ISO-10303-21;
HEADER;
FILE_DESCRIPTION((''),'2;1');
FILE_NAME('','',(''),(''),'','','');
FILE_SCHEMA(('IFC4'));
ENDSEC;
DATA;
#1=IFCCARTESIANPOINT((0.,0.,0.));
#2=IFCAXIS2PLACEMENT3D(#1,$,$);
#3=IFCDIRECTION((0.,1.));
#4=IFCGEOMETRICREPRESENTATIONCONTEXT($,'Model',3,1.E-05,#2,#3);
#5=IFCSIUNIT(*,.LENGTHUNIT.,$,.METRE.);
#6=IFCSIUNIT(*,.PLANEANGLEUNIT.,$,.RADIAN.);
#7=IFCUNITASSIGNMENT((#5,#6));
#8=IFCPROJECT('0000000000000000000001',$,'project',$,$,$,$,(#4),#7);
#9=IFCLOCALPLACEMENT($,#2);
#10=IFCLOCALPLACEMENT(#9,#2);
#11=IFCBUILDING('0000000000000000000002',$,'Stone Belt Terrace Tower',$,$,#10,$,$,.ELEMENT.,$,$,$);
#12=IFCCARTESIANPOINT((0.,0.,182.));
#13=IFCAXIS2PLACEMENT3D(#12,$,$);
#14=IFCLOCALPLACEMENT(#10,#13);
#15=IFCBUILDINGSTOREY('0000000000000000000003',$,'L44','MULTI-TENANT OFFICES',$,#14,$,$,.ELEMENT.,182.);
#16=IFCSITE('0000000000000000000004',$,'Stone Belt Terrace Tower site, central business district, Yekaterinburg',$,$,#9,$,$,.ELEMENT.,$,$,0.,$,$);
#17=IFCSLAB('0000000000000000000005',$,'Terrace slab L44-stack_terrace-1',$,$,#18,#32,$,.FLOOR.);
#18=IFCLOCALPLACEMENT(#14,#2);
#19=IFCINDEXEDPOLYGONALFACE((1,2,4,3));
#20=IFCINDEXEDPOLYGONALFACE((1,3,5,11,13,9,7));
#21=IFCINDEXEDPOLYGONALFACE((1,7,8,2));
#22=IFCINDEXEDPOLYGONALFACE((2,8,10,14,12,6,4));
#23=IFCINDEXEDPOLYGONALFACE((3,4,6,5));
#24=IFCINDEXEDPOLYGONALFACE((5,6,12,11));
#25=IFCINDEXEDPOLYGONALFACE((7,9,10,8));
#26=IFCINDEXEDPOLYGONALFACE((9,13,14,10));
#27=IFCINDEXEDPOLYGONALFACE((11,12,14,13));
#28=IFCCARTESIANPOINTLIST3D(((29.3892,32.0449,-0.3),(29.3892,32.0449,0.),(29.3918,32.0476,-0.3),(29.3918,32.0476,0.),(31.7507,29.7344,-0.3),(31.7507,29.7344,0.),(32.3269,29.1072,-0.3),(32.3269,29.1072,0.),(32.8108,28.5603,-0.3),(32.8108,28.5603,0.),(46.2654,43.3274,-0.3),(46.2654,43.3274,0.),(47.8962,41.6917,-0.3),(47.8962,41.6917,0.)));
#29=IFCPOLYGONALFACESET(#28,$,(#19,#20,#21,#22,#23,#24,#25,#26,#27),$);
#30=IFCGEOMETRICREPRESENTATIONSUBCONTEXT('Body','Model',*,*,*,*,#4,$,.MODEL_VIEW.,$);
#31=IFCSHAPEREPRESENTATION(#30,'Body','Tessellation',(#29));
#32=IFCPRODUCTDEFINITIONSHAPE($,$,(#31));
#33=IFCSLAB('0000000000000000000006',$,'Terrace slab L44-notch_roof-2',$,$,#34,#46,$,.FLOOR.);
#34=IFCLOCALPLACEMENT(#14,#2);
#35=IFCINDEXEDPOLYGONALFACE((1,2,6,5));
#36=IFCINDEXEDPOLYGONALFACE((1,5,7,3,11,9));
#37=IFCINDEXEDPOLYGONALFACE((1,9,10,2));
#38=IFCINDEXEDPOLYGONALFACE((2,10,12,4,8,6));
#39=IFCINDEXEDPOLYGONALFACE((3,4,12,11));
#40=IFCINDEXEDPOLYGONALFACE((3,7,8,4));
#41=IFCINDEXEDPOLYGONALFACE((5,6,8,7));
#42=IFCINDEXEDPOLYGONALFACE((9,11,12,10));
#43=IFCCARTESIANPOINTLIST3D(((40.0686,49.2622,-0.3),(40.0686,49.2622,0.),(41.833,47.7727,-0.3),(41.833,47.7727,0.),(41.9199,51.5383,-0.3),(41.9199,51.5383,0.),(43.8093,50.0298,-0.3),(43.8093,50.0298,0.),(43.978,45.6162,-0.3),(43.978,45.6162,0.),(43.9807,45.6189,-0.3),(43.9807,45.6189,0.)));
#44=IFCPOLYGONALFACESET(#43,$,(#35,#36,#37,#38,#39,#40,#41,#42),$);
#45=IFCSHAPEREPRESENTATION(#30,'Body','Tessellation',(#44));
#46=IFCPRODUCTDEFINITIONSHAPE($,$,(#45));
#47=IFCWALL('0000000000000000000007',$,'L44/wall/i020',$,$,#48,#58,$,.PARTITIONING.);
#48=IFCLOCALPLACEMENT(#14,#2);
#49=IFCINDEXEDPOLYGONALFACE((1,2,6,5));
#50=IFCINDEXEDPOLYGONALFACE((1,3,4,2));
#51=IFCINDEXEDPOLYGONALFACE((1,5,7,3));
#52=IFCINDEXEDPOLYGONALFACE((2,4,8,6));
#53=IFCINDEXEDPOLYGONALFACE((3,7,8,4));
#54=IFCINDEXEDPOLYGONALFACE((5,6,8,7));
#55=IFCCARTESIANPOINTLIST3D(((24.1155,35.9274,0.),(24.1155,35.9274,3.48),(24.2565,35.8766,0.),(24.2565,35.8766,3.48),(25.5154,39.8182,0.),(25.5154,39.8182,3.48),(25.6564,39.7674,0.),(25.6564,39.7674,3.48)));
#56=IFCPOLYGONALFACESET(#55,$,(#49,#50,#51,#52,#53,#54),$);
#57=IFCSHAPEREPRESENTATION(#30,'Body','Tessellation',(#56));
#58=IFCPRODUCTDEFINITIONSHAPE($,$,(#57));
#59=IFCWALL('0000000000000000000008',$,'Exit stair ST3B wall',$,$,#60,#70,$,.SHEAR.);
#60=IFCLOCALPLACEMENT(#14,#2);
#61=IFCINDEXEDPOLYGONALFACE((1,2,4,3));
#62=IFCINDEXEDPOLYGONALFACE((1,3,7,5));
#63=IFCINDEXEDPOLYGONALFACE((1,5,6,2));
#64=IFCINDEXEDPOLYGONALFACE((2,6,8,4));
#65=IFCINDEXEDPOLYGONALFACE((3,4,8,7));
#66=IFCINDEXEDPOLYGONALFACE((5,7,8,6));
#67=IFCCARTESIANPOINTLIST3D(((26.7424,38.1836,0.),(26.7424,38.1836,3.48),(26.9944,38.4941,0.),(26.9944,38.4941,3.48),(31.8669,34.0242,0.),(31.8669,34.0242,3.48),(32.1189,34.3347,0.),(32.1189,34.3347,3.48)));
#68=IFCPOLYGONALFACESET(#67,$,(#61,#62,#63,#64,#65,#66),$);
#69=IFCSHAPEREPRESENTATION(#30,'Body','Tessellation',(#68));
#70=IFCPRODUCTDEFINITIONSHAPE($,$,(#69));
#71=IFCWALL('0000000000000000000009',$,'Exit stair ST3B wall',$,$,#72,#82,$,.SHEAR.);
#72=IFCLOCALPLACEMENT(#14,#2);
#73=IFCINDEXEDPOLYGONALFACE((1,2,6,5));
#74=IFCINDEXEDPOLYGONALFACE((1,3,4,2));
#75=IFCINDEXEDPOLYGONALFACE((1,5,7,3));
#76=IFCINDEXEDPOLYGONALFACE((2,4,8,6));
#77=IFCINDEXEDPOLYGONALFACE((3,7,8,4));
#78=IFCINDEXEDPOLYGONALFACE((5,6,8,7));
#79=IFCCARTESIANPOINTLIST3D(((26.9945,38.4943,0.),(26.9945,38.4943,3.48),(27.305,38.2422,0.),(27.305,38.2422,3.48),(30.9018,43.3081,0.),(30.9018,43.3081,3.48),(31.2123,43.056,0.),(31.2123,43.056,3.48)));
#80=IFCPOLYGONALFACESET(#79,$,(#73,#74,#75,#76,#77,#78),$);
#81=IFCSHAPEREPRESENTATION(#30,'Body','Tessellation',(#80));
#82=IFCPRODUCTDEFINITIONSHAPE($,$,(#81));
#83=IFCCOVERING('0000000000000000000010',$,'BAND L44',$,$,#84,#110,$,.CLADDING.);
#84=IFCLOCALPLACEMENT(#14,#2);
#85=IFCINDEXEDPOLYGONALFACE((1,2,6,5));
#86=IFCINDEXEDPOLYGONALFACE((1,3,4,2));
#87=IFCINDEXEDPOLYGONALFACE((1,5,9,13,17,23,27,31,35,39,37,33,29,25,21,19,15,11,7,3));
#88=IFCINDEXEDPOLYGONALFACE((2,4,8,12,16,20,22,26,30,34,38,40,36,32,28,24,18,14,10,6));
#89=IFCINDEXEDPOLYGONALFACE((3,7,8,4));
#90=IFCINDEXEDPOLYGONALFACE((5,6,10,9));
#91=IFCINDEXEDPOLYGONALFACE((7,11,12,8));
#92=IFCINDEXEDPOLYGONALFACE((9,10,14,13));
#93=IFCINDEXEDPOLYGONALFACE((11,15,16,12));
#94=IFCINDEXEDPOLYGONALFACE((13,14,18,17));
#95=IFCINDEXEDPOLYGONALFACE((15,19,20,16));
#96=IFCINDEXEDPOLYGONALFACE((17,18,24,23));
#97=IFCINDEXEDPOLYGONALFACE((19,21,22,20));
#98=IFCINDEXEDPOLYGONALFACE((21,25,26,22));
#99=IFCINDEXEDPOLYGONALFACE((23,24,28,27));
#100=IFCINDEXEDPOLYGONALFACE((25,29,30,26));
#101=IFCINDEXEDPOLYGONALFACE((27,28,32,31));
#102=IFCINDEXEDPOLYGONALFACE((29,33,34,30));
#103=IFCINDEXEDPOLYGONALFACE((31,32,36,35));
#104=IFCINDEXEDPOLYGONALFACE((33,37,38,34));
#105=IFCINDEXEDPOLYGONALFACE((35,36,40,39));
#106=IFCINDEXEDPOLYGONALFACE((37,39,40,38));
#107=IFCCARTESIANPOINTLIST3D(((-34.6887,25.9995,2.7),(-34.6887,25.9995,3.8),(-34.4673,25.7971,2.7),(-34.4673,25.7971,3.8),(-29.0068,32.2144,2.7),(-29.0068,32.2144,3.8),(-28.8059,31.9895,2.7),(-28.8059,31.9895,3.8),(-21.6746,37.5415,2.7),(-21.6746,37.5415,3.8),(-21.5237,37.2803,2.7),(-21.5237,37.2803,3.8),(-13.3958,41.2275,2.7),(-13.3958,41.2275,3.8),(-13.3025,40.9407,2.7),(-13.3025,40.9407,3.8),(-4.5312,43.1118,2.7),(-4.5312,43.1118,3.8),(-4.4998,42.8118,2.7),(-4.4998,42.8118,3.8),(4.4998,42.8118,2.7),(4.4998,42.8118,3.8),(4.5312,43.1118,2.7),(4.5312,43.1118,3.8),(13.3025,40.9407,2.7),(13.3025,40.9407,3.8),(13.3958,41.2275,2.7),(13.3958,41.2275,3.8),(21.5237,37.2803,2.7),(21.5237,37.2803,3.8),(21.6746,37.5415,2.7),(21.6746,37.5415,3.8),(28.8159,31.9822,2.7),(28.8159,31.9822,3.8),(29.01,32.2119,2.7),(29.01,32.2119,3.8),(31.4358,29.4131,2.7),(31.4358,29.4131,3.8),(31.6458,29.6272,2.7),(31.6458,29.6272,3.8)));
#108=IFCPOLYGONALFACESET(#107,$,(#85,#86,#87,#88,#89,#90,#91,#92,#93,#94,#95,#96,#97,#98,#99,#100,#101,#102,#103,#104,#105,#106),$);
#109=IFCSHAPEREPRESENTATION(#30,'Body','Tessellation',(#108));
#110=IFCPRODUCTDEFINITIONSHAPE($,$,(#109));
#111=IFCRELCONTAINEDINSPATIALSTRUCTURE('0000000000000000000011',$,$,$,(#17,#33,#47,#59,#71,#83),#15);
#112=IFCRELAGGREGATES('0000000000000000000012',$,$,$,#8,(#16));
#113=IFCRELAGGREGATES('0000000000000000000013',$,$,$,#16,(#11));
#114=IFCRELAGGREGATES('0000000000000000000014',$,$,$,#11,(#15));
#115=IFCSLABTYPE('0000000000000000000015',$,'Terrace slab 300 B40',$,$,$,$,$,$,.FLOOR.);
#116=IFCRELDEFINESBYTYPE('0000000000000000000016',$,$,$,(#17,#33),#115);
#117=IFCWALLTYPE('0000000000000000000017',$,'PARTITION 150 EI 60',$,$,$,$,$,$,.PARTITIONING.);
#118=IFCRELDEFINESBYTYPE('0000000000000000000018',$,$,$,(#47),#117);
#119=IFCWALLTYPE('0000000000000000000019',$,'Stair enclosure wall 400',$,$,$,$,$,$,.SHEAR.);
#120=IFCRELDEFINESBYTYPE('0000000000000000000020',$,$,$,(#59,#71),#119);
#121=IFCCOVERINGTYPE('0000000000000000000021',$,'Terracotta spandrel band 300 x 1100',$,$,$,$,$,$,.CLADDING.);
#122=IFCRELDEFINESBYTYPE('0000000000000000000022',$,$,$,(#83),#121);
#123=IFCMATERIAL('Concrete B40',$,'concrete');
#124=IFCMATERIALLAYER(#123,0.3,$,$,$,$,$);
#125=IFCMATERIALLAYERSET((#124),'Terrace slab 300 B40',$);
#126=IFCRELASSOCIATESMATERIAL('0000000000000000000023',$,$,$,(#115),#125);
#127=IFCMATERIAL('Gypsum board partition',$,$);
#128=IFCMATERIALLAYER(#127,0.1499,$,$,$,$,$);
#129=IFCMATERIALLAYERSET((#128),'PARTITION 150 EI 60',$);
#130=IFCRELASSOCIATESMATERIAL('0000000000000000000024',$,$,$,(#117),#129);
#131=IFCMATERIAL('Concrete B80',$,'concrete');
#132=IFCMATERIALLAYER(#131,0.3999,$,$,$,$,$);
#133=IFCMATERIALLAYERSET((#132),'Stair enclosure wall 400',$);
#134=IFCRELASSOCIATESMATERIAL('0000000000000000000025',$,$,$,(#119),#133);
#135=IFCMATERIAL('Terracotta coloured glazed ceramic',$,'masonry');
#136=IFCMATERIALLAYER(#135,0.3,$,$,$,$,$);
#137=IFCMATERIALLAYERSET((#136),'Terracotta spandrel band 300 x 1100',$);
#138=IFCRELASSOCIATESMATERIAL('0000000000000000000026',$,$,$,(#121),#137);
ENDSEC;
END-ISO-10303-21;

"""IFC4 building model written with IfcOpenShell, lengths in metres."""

from ifc_helpers import new_model, si_unit, direction, frame, frame_2d, origin, place, context, subcontext, project, spatial, polyline, rectangle, outline, extrude, material, layer, layer_set, type_object, element, save


model = new_model("IFC4")

# Units and contexts
model_context = context("Model", 3, precision=1e-05, world=origin(), true_north=direction((0.0, 1.0)))
body_context = subcontext(model_context, "Body", "Model", "MODEL_VIEW")
ifc_project = project(units=[si_unit("LENGTHUNIT", "METRE"), si_unit("PLANEANGLEUNIT", "RADIAN")], contexts=[model_context])

# Site, building, storey
site_placement = place(None, origin())
site = spatial("IfcSite", under=ifc_project, at=site_placement, Name="Stone Belt Terrace Tower site, central business district, Yekaterinburg", CompositionType="ELEMENT", RefElevation=0.0)
building_placement = place(site_placement, origin())
building = spatial("IfcBuilding", under=site, at=building_placement, Name="Stone Belt Terrace Tower", CompositionType="ELEMENT")
storey_placement = place(building_placement, frame((0.0, 0.0, 182.0)))
storey = spatial("IfcBuildingStorey", under=building, at=storey_placement, Name="L44", Description="MULTI-TENANT OFFICES", CompositionType="ELEMENT", Elevation=182.0)

# Shared definitions
ifc_material_1 = material(Name="Concrete B80", Category="concrete")

# Shared definitions
ifc_material_2 = material(Name="Concrete B40", Category="concrete")

# Slabs
ifc_layer_1 = layer(ifc_material_2, 0.3)
ifc_layer_set_1 = layer_set([ifc_layer_1], Name="Terrace slab 300 B40")
slab_type_1 = type_object("IfcSlabType", Name="Terrace slab 300 B40", PredefinedType="FLOOR", material=ifc_layer_set_1)
slab_1_placement = place(storey_placement, frame((0.0, 0.0, -0.3)))
element("IfcSlab", 1, at=slab_1_placement, inside=storey, type_object=slab_type_1, Name="Terrace slab L44-stack_terrace-1", PredefinedType="FLOOR", context=body_context, shape_type="SweptSolid", body=[
    extrude(outline(polyline([(32.8108, 28.5603), (47.8962, 41.6917), (46.2654, 43.3274), (31.7507, 29.7344), (29.3918, 32.0476), (29.3892, 32.0449), (32.3269, 29.1072), (32.8108, 28.5603)])), origin(), (0.0, 0.0, 1.0), 0.3),
])
slab_2_placement = place(storey_placement, frame((0.0, 0.0, -0.3)))
element("IfcSlab", 2, at=slab_2_placement, inside=storey, type_object=slab_type_1, Name="Terrace slab L44-notch_roof-2", PredefinedType="FLOOR", context=body_context, shape_type="SweptSolid", body=[
    extrude(outline(polyline([(41.833, 47.7727), (43.8093, 50.0298), (41.9199, 51.5383), (40.0686, 49.2622), (43.978, 45.6162), (43.9807, 45.6189), (41.833, 47.7727)])), origin(), (0.0, 0.0, 1.0), 0.3),
])

# Walls
ifc_material_3 = material(Name="Gypsum board partition")
ifc_layer_2 = layer(ifc_material_3, 0.1499)
ifc_layer_set_2 = layer_set([ifc_layer_2], Name="PARTITION 150 EI 60")
wall_type_1 = type_object("IfcWallType", Name="PARTITION 150 EI 60", PredefinedType="PARTITIONING", material=ifc_layer_set_2)
wall_1_placement = place(storey_placement, frame((24.186, 35.9021, 0.0), z_axis=(0.0, 0.0, 1.0), x_axis=(0.338546, 0.94095, 0.0)))
element("IfcWall", 3, at=wall_1_placement, inside=storey, type_object=wall_type_1, Name="L44/wall/i020", PredefinedType="PARTITIONING", context=body_context, shape_type="SweptSolid", body=[
    extrude(rectangle(XDim=4.135, YDim=0.1499, at=frame_2d((2.0674, 0.0))), origin(), (0.0, 0.0, 1.0), 3.48),
])
ifc_layer_3 = layer(ifc_material_1, 0.3999)
ifc_layer_set_3 = layer_set([ifc_layer_3], Name="Stair enclosure wall 400")
wall_type_2 = type_object("IfcWallType", Name="Stair enclosure wall 400", PredefinedType="SHEAR", material=ifc_layer_set_3)
wall_2_placement = place(storey_placement, frame((26.8684, 38.3389, 0.0), z_axis=(0.0, 0.0, 1.0), x_axis=(0.776428, -0.630205, 0.0)))
element("IfcWall", 4, at=wall_2_placement, inside=storey, type_object=wall_type_2, Name="Exit stair ST3B wall", PredefinedType="SHEAR", context=body_context, shape_type="SweptSolid", body=[
    extrude(rectangle(XDim=6.6001, YDim=0.3999, at=frame_2d((3.3, 0.0))), origin(), (0.0, 0.0, 1.0), 3.48),
])
wall_3_placement = place(storey_placement, frame((27.1497, 38.3682, 0.0), z_axis=(0.0, 0.0, 1.0), x_axis=(0.630212, 0.776423, 0.0)))
element("IfcWall", 5, at=wall_3_placement, inside=storey, type_object=wall_type_2, Name="Exit stair ST3B wall", PredefinedType="SHEAR", context=body_context, shape_type="SweptSolid", body=[
    extrude(rectangle(XDim=6.2, YDim=0.3999, at=frame_2d((3.1001, 0.0))), origin(), (0.0, 0.0, 1.0), 3.48),
])

# Covering
ifc_material_4 = material(Name="Terracotta coloured glazed ceramic", Category="masonry")
ifc_layer_4 = layer(ifc_material_4, 0.3)
ifc_layer_set_4 = layer_set([ifc_layer_4], Name="Terracotta spandrel band 300 x 1100")
covering_type = type_object("IfcCoveringType", Name="Terracotta spandrel band 300 x 1100", PredefinedType="CLADDING", material=ifc_layer_set_4)
covering_placement = place(storey_placement, frame((0.0, 0.0, 2.7)))
element("IfcCovering", 6, at=covering_placement, inside=storey, type_object=covering_type, Name="BAND L44", PredefinedType="CLADDING", context=body_context, shape_type="SweptSolid", body=[
    extrude(outline(polyline([(-34.6887, 25.9995), (-29.0068, 32.2144), (-21.6746, 37.5415), (-13.3958, 41.2275), (-4.5312, 43.1118), (4.5312, 43.1118), (13.3958, 41.2275), (21.6746, 37.5415), (29.01, 32.2119), (31.6458, 29.6272), (31.4358, 29.4131), (28.8159, 31.9822), (21.5237, 37.2803), (13.3025, 40.9407), (4.4998, 42.8118), (-4.4998, 42.8118), (-13.3025, 40.9407), (-21.5237, 37.2803), (-28.8059, 31.9895), (-34.4673, 25.7971), (-34.6887, 25.9995)])), origin(), (0.0, 0.0, 1.0), 1.1001),
])

save(model, "model.ifc")
